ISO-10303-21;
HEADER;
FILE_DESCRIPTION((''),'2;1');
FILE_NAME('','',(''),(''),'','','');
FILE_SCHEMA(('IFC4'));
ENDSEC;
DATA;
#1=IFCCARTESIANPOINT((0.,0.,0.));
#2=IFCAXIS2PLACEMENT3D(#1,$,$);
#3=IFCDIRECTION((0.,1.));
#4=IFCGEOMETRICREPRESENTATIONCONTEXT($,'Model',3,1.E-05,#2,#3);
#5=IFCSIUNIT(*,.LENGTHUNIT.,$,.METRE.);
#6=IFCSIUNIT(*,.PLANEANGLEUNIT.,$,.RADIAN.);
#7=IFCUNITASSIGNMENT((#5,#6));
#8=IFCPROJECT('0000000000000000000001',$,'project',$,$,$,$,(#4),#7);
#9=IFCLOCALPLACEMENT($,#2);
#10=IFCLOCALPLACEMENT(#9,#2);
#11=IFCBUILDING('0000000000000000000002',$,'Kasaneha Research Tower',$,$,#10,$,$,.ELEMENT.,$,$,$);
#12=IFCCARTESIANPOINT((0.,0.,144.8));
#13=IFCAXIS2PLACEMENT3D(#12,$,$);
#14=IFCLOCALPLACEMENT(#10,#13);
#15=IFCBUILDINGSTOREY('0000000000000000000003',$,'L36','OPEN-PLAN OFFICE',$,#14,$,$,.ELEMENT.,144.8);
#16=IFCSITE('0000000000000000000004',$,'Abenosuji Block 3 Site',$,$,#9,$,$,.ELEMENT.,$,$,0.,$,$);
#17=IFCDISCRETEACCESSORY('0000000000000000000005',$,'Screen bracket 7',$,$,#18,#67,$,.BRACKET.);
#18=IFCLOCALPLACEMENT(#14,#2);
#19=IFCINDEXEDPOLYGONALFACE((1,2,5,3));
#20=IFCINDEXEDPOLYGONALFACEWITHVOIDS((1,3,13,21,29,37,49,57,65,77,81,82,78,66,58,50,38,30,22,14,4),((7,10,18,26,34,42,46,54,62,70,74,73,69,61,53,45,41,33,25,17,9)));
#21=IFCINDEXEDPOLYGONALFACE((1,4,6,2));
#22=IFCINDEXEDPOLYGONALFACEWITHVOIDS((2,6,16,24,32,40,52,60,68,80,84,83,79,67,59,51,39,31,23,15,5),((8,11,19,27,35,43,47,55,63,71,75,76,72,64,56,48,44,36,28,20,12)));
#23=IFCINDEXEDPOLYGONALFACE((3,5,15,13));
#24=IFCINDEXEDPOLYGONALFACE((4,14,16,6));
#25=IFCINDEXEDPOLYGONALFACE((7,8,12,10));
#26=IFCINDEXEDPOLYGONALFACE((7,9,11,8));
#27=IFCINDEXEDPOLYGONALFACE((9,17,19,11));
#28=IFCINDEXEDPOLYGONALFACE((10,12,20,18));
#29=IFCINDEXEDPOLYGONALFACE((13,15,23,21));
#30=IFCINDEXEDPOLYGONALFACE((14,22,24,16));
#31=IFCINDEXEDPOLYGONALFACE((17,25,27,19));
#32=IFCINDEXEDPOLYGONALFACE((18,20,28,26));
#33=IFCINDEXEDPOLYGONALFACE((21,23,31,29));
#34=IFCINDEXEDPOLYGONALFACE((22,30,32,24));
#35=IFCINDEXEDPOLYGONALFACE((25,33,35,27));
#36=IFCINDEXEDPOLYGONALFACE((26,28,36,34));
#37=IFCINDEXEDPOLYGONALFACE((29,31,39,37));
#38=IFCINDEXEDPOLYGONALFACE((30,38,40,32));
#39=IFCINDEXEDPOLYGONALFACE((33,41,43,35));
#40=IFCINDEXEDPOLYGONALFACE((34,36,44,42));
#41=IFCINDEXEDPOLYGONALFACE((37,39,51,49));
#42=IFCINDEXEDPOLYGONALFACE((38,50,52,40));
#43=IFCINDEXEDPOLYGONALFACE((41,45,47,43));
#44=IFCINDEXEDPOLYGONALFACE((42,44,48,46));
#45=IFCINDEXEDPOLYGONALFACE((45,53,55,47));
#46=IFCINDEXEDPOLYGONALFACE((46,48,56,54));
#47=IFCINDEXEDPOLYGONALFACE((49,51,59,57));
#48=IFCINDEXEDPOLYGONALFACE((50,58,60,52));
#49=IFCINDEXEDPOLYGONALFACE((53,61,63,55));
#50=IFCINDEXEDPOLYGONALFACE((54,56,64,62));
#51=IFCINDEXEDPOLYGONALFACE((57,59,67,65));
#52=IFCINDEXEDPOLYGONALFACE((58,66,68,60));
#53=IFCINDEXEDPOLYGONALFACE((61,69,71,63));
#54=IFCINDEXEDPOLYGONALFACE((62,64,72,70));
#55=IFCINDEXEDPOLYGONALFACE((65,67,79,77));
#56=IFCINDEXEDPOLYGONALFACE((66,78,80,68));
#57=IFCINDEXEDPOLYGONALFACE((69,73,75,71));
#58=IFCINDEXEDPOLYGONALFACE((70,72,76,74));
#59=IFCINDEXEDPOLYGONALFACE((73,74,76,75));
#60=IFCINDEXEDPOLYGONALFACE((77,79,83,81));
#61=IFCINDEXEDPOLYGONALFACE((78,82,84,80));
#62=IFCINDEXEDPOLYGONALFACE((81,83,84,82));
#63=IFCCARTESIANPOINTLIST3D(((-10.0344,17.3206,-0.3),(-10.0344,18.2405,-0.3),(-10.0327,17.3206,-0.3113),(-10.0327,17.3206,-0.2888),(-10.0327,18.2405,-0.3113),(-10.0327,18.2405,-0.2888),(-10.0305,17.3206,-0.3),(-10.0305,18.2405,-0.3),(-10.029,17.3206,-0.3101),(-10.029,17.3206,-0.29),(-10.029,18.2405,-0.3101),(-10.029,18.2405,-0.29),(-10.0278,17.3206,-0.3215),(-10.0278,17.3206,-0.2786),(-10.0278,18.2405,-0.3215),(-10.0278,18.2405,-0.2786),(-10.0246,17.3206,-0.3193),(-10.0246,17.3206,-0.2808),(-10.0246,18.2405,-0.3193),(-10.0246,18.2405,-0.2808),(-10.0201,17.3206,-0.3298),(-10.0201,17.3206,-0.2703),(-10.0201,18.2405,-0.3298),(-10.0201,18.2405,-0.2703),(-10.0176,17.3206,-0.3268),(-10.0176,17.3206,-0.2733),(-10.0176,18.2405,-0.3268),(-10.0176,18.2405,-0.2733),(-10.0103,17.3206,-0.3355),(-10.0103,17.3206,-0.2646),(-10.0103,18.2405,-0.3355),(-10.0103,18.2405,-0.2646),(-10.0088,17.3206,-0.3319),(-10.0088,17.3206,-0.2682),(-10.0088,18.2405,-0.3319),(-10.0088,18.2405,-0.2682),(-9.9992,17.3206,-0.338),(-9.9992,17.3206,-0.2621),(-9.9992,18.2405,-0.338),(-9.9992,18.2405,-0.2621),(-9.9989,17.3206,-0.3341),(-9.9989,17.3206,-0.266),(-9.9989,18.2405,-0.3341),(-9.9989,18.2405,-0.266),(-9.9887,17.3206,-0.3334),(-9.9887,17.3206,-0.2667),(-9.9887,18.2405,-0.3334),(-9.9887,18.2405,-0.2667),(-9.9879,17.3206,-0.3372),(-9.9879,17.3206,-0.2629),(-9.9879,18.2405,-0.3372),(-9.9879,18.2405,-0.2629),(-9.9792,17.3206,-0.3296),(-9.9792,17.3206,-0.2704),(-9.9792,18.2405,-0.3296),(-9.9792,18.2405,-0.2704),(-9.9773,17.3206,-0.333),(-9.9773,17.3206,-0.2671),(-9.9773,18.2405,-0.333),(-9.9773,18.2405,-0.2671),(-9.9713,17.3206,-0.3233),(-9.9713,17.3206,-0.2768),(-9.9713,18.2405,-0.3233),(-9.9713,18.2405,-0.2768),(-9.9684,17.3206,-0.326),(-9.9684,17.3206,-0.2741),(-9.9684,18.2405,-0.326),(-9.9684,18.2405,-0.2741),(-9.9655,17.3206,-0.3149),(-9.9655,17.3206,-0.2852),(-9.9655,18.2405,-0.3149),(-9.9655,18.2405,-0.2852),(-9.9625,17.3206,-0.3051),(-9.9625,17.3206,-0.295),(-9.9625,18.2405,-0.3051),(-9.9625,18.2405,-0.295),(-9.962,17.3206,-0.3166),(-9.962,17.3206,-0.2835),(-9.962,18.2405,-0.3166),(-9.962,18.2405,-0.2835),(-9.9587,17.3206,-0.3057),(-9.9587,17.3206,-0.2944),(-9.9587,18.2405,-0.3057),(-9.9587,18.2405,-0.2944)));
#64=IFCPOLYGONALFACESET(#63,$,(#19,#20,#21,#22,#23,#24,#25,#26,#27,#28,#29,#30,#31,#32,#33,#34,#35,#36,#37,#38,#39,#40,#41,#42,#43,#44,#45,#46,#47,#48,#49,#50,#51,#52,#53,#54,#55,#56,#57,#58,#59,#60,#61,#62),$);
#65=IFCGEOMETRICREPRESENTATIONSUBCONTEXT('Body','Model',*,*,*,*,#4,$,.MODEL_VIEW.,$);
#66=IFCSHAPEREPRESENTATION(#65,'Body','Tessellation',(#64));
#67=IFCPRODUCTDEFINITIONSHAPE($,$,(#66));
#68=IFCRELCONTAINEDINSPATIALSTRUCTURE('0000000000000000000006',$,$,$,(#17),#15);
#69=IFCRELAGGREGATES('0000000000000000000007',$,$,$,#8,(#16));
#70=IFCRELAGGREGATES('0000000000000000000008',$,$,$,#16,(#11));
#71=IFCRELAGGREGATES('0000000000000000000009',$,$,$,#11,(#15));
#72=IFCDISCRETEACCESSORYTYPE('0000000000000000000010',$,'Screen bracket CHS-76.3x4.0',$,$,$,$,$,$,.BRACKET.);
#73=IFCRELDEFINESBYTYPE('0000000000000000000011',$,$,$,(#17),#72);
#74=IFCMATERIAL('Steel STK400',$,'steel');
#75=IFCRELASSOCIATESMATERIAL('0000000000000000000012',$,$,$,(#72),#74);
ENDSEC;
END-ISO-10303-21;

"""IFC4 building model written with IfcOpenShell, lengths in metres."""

from ifc_helpers import new_model, si_unit, direction, frame, origin, origin_2d, place, context, subcontext, project, spatial, hollow_circle, extrude, material, material_profile, profile_set, type_object, element, save


model = new_model("IFC4")

# Units and contexts
model_context = context("Model", 3, precision=1e-05, world=origin(), true_north=direction((0.0, 1.0)))
body_context = subcontext(model_context, "Body", "Model", "MODEL_VIEW")
ifc_project = project(units=[si_unit("LENGTHUNIT", "METRE"), si_unit("PLANEANGLEUNIT", "RADIAN")], contexts=[model_context])

# Site, building, storey
site_placement = place(None, origin())
site = spatial("IfcSite", under=ifc_project, at=site_placement, Name="Abenosuji Block 3 Site", CompositionType="ELEMENT", RefElevation=0.0)
building_placement = place(site_placement, origin())
building = spatial("IfcBuilding", under=site, at=building_placement, Name="Kasaneha Research Tower", CompositionType="ELEMENT")
storey_placement = place(building_placement, frame((0.0, 0.0, 144.8)))
storey = spatial("IfcBuildingStorey", under=building, at=storey_placement, Name="L36", Description="OPEN-PLAN OFFICE", CompositionType="ELEMENT", Elevation=144.8)

# Discrete accessory
ifc_material_1 = material(Name="Steel STK400", Category="steel")
ifc_material_profile_1 = material_profile(ifc_material_1, hollow_circle(Radius=0.0381, WallThickness=0.0039, at=origin_2d()), Name="CHS-76.3x4.0")
ifc_profile_set_1 = profile_set([ifc_material_profile_1], Name="Steel STK400")
discrete_accessory_type = type_object("IfcDiscreteAccessoryType", Name="Screen bracket CHS-76.3x4.0", PredefinedType="BRACKET", material=ifc_profile_set_1)
for number, where, z_axis, x_axis, name in (
    (1, (-9.9963, 17.3206, -0.3), (0.0, 1.0, 0.0), (-1.0, 0.0, 0.0), "Screen bracket 7"),
):
    element("IfcDiscreteAccessory", number, at=place(storey_placement, frame(where, z_axis=z_axis, x_axis=x_axis)), inside=storey, type_object=discrete_accessory_type, Name=name, PredefinedType="BRACKET", context=body_context, shape_type="SweptSolid", body=[
        extrude(hollow_circle(Radius=0.0381, WallThickness=0.0039, at=origin_2d()), origin(), (0.0, 0.0, 1.0), 0.9199),
    ])

save(model, "model.ifc")
